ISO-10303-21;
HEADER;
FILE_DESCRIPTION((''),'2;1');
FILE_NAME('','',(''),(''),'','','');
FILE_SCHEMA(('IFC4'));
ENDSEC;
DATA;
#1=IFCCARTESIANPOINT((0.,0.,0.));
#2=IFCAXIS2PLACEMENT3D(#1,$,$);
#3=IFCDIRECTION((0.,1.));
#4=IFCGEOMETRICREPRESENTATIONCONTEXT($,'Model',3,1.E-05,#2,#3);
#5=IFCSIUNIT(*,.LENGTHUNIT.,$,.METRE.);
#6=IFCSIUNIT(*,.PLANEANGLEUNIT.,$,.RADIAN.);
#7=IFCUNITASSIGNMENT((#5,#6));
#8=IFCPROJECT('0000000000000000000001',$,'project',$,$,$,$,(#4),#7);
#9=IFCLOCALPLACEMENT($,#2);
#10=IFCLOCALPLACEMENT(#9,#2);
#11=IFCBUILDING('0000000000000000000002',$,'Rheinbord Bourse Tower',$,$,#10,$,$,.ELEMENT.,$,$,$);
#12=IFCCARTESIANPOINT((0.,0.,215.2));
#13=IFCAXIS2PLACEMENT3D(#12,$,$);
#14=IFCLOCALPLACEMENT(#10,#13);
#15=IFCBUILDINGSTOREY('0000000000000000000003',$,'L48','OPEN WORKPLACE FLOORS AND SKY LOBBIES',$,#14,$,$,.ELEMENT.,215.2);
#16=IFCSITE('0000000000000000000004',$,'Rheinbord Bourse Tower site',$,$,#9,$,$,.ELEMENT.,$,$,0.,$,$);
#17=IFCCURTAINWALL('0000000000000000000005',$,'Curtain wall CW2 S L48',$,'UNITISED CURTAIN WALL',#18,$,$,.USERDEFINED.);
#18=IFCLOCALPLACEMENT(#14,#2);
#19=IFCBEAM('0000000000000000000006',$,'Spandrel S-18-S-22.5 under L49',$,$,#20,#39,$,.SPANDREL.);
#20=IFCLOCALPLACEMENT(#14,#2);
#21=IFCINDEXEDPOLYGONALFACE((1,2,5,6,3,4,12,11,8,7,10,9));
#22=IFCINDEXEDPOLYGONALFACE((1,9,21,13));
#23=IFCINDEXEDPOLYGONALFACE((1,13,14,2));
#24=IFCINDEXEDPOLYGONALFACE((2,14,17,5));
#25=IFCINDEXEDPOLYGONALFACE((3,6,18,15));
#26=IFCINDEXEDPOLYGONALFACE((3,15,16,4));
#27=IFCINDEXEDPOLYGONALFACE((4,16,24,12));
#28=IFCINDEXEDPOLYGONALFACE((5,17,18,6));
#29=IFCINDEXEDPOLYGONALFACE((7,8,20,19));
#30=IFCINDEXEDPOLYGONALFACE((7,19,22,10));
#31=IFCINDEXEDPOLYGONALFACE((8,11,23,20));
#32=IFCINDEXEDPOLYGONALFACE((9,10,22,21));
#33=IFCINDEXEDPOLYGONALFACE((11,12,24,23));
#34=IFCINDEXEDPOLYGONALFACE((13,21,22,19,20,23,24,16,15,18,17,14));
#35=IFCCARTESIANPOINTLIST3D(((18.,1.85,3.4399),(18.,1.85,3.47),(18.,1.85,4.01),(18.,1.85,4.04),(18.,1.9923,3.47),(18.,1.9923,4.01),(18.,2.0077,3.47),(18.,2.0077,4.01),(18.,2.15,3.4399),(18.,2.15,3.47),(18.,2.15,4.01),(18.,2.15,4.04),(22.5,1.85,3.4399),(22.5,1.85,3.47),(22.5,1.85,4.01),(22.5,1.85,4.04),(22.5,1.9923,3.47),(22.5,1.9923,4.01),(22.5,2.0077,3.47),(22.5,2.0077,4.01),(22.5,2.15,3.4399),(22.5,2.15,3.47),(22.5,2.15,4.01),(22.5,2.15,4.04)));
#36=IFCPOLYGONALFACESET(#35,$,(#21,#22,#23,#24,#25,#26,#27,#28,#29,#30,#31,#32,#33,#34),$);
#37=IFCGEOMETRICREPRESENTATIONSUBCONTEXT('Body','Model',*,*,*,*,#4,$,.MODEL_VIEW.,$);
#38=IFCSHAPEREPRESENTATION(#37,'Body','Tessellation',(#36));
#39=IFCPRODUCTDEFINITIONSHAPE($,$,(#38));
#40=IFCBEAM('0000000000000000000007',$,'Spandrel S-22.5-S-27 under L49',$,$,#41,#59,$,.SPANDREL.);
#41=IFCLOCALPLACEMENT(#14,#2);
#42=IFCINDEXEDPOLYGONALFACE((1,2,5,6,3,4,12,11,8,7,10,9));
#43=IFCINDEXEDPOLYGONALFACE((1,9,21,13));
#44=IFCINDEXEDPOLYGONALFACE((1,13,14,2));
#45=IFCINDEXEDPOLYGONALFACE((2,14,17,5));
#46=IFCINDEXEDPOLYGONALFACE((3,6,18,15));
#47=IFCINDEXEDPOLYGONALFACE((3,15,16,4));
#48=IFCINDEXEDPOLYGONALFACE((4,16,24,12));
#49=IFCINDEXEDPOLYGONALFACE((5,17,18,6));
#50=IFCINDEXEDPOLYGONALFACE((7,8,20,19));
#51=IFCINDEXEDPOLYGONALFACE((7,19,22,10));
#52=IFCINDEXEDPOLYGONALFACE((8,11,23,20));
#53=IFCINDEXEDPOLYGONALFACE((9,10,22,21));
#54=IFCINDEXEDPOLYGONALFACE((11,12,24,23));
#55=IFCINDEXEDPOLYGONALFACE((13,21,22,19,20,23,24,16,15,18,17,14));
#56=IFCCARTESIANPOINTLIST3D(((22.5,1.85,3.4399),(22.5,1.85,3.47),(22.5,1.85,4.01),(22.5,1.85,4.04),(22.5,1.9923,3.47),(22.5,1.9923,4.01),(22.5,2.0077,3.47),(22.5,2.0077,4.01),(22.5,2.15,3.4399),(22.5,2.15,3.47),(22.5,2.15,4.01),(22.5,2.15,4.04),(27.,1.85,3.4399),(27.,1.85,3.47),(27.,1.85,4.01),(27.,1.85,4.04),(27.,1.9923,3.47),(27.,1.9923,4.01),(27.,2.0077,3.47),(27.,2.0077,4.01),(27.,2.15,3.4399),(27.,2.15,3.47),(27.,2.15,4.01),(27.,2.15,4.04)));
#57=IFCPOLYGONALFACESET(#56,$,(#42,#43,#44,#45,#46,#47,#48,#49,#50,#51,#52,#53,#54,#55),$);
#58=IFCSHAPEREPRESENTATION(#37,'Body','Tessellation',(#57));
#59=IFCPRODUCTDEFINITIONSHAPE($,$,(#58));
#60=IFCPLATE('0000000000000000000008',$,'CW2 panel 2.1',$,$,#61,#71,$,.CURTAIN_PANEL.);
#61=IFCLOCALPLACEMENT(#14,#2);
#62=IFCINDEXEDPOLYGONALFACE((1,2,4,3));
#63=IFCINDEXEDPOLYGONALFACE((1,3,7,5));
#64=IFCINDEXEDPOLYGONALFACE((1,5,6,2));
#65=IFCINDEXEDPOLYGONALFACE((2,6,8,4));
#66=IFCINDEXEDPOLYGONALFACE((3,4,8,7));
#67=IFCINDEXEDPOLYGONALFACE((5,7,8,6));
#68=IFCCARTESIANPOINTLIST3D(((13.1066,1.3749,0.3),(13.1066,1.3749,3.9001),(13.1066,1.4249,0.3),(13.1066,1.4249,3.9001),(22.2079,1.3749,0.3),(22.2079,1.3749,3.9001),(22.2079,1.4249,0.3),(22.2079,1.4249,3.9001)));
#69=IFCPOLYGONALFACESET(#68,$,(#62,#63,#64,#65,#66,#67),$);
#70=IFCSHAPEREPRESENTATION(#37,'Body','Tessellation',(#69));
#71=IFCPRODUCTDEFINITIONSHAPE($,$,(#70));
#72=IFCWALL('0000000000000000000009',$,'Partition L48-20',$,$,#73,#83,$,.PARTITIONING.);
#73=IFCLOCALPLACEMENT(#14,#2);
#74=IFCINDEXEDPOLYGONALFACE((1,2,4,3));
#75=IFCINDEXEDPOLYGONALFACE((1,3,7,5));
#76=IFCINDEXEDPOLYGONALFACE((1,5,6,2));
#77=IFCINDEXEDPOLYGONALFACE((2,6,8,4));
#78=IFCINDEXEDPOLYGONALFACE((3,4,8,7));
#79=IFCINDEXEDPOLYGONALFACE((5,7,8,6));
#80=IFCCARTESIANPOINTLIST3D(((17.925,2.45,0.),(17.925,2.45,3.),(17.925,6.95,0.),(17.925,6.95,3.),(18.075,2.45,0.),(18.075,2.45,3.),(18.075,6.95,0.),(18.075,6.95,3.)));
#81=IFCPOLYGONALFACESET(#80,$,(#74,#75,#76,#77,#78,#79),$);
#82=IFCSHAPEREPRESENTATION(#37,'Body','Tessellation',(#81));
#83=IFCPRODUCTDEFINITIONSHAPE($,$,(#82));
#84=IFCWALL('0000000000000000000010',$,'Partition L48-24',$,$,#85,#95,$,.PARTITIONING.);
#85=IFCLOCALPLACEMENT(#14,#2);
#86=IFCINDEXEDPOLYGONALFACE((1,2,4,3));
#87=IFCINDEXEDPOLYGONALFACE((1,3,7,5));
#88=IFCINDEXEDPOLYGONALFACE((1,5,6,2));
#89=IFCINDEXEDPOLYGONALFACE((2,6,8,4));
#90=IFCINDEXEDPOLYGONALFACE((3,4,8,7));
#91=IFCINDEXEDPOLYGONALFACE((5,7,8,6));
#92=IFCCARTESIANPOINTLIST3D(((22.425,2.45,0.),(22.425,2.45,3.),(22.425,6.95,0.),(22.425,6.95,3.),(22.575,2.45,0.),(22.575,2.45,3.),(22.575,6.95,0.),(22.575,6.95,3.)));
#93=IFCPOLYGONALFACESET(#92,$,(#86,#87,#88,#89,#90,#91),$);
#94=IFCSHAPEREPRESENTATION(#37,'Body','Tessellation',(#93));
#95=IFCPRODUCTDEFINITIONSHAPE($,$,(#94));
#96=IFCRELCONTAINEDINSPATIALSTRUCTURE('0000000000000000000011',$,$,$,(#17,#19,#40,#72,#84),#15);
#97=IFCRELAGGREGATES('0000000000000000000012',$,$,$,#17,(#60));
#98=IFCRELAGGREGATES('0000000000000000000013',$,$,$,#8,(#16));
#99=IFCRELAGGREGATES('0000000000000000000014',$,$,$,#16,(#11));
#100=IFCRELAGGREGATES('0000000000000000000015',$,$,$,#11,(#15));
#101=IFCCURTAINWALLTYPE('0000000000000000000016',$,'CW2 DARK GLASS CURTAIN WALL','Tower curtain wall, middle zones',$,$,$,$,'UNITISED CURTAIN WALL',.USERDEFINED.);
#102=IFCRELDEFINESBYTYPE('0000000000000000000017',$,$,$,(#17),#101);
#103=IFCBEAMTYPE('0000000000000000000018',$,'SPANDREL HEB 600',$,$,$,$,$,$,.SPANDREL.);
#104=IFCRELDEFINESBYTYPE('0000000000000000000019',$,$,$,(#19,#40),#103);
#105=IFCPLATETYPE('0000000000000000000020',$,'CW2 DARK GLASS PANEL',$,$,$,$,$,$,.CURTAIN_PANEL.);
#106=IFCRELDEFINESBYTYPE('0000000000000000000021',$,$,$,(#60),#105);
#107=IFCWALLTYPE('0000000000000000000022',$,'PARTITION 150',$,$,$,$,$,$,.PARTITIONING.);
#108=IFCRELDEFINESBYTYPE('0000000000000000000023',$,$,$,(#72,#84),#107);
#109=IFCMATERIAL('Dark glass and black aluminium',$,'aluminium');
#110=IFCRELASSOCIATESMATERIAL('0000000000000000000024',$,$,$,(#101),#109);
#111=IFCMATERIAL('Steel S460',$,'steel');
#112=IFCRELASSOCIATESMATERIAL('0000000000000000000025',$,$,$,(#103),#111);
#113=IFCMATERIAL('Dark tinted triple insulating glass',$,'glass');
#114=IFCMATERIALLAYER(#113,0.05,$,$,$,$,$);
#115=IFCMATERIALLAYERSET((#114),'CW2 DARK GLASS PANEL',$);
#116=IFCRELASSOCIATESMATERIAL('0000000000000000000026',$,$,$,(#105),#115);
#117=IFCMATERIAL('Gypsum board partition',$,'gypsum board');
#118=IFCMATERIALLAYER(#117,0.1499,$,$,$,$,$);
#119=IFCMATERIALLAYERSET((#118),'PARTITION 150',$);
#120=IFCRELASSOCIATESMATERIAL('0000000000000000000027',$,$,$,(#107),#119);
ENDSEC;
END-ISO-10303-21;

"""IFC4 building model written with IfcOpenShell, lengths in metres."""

from ifc_helpers import new_model, si_unit, direction, frame, frame_2d, origin, origin_2d, place, context, subcontext, project, spatial, rectangle, i_section, extrude, material, layer, layer_set, material_profile, profile_set, type_object, element, aggregate, save


model = new_model("IFC4")

# Units and contexts
model_context = context("Model", 3, precision=1e-05, world=origin(), true_north=direction((0.0, 1.0)))
body_context = subcontext(model_context, "Body", "Model", "MODEL_VIEW")
ifc_project = project(units=[si_unit("LENGTHUNIT", "METRE"), si_unit("PLANEANGLEUNIT", "RADIAN")], contexts=[model_context])

# Site, building, storey
site_placement = place(None, origin())
site = spatial("IfcSite", under=ifc_project, at=site_placement, Name="Rheinbord Bourse Tower site", CompositionType="ELEMENT", RefElevation=0.0)
building_placement = place(site_placement, origin())
building = spatial("IfcBuilding", under=site, at=building_placement, Name="Rheinbord Bourse Tower", CompositionType="ELEMENT")
storey_placement = place(building_placement, frame((0.0, 0.0, 215.2)))
storey = spatial("IfcBuildingStorey", under=building, at=storey_placement, Name="L48", Description="OPEN WORKPLACE FLOORS AND SKY LOBBIES", CompositionType="ELEMENT", Elevation=215.2)

# Curtain wall
ifc_material_1 = material(Name="Dark glass and black aluminium", Category="aluminium")
curtain_wall_type = type_object("IfcCurtainWallType", Name="CW2 DARK GLASS CURTAIN WALL", Description="Tower curtain wall, middle zones", ElementType="UNITISED CURTAIN WALL", PredefinedType="USERDEFINED", material=ifc_material_1)
curtain_wall_placement = place(storey_placement, origin())
curtain_wall = element("IfcCurtainWall", 1, at=curtain_wall_placement, inside=storey, type_object=curtain_wall_type, Name="Curtain wall CW2 S L48", ObjectType="UNITISED CURTAIN WALL", PredefinedType="USERDEFINED")

# Beams
ifc_material_2 = material(Name="Steel S460", Category="steel")
ifc_material_profile_1 = material_profile(ifc_material_2, i_section(OverallWidth=0.3, OverallDepth=0.6001, WebThickness=0.0154, FlangeThickness=0.03, at=origin_2d()), Name="HEB 600")
ifc_profile_set_1 = profile_set([ifc_material_profile_1], Name="Steel S460")
beam_type_1 = type_object("IfcBeamType", Name="SPANDREL HEB 600", PredefinedType="SPANDREL", material=ifc_profile_set_1)
for number, where, z_axis, x_axis, name in (
    (2, (18.0, 2.0, 3.74), (1.0, 0.0, 0.0), (0.0, 1.0, 0.0), "Spandrel S-18-S-22.5 under L49"),
    (3, (22.5, 2.0, 3.74), (1.0, 0.0, 0.0), (0.0, 1.0, 0.0), "Spandrel S-22.5-S-27 under L49"),
):
    element("IfcBeam", number, at=place(storey_placement, frame(where, z_axis=z_axis, x_axis=x_axis)), inside=storey, type_object=beam_type_1, Name=name, PredefinedType="SPANDREL", context=body_context, shape_type="SweptSolid", body=[
        extrude(i_section(OverallWidth=0.3, OverallDepth=0.6001, WebThickness=0.0154, FlangeThickness=0.03, at=origin_2d()), origin(), (0.0, 0.0, 1.0), 4.5),
    ])

# Plate
ifc_material_3 = material(Name="Dark tinted triple insulating glass", Category="glass")
ifc_layer_1 = layer(ifc_material_3, 0.05)
ifc_layer_set_1 = layer_set([ifc_layer_1], Name="CW2 DARK GLASS PANEL")
plate_type = type_object("IfcPlateType", Name="CW2 DARK GLASS PANEL", PredefinedType="CURTAIN_PANEL", material=ifc_layer_set_1)
plate_placement = place(storey_placement, frame((17.6572, 1.3999, 0.3), z_axis=(0.0, 0.0, 1.0), x_axis=(1.0, 0.0, 0.0)))
plate = element("IfcPlate", 4, at=plate_placement, type_object=plate_type, Name="CW2 panel 2.1", PredefinedType="CURTAIN_PANEL", context=body_context, shape_type="SweptSolid", body=[
    extrude(rectangle(XDim=9.1013, YDim=0.05, at=origin_2d()), origin(), (0.0, 0.0, 1.0), 3.6001),
])
aggregate(curtain_wall, [plate])

# Walls
ifc_material_4 = material(Name="Gypsum board partition", Category="gypsum board")
ifc_layer_2 = layer(ifc_material_4, 0.1499)
ifc_layer_set_2 = layer_set([ifc_layer_2], Name="PARTITION 150")
wall_type = type_object("IfcWallType", Name="PARTITION 150", PredefinedType="PARTITIONING", material=ifc_layer_set_2)
for number, where, z_axis, x_axis, name in (
    (5, (18.0, 2.45, 0.0), (0.0, 0.0, 1.0), (0.0, 1.0, 0.0), "Partition L48-20"),
    (6, (22.5, 2.45, 0.0), (0.0, 0.0, 1.0), (0.0, 1.0, 0.0), "Partition L48-24"),
):
    element("IfcWall", number, at=place(storey_placement, frame(where, z_axis=z_axis, x_axis=x_axis)), inside=storey, type_object=wall_type, Name=name, PredefinedType="PARTITIONING", context=body_context, shape_type="SweptSolid", body=[
        extrude(rectangle(XDim=4.5, YDim=0.1499, at=frame_2d((2.25, 0.0))), origin(), (0.0, 0.0, 1.0), 3.0),
    ])

save(model, "model.ifc")
